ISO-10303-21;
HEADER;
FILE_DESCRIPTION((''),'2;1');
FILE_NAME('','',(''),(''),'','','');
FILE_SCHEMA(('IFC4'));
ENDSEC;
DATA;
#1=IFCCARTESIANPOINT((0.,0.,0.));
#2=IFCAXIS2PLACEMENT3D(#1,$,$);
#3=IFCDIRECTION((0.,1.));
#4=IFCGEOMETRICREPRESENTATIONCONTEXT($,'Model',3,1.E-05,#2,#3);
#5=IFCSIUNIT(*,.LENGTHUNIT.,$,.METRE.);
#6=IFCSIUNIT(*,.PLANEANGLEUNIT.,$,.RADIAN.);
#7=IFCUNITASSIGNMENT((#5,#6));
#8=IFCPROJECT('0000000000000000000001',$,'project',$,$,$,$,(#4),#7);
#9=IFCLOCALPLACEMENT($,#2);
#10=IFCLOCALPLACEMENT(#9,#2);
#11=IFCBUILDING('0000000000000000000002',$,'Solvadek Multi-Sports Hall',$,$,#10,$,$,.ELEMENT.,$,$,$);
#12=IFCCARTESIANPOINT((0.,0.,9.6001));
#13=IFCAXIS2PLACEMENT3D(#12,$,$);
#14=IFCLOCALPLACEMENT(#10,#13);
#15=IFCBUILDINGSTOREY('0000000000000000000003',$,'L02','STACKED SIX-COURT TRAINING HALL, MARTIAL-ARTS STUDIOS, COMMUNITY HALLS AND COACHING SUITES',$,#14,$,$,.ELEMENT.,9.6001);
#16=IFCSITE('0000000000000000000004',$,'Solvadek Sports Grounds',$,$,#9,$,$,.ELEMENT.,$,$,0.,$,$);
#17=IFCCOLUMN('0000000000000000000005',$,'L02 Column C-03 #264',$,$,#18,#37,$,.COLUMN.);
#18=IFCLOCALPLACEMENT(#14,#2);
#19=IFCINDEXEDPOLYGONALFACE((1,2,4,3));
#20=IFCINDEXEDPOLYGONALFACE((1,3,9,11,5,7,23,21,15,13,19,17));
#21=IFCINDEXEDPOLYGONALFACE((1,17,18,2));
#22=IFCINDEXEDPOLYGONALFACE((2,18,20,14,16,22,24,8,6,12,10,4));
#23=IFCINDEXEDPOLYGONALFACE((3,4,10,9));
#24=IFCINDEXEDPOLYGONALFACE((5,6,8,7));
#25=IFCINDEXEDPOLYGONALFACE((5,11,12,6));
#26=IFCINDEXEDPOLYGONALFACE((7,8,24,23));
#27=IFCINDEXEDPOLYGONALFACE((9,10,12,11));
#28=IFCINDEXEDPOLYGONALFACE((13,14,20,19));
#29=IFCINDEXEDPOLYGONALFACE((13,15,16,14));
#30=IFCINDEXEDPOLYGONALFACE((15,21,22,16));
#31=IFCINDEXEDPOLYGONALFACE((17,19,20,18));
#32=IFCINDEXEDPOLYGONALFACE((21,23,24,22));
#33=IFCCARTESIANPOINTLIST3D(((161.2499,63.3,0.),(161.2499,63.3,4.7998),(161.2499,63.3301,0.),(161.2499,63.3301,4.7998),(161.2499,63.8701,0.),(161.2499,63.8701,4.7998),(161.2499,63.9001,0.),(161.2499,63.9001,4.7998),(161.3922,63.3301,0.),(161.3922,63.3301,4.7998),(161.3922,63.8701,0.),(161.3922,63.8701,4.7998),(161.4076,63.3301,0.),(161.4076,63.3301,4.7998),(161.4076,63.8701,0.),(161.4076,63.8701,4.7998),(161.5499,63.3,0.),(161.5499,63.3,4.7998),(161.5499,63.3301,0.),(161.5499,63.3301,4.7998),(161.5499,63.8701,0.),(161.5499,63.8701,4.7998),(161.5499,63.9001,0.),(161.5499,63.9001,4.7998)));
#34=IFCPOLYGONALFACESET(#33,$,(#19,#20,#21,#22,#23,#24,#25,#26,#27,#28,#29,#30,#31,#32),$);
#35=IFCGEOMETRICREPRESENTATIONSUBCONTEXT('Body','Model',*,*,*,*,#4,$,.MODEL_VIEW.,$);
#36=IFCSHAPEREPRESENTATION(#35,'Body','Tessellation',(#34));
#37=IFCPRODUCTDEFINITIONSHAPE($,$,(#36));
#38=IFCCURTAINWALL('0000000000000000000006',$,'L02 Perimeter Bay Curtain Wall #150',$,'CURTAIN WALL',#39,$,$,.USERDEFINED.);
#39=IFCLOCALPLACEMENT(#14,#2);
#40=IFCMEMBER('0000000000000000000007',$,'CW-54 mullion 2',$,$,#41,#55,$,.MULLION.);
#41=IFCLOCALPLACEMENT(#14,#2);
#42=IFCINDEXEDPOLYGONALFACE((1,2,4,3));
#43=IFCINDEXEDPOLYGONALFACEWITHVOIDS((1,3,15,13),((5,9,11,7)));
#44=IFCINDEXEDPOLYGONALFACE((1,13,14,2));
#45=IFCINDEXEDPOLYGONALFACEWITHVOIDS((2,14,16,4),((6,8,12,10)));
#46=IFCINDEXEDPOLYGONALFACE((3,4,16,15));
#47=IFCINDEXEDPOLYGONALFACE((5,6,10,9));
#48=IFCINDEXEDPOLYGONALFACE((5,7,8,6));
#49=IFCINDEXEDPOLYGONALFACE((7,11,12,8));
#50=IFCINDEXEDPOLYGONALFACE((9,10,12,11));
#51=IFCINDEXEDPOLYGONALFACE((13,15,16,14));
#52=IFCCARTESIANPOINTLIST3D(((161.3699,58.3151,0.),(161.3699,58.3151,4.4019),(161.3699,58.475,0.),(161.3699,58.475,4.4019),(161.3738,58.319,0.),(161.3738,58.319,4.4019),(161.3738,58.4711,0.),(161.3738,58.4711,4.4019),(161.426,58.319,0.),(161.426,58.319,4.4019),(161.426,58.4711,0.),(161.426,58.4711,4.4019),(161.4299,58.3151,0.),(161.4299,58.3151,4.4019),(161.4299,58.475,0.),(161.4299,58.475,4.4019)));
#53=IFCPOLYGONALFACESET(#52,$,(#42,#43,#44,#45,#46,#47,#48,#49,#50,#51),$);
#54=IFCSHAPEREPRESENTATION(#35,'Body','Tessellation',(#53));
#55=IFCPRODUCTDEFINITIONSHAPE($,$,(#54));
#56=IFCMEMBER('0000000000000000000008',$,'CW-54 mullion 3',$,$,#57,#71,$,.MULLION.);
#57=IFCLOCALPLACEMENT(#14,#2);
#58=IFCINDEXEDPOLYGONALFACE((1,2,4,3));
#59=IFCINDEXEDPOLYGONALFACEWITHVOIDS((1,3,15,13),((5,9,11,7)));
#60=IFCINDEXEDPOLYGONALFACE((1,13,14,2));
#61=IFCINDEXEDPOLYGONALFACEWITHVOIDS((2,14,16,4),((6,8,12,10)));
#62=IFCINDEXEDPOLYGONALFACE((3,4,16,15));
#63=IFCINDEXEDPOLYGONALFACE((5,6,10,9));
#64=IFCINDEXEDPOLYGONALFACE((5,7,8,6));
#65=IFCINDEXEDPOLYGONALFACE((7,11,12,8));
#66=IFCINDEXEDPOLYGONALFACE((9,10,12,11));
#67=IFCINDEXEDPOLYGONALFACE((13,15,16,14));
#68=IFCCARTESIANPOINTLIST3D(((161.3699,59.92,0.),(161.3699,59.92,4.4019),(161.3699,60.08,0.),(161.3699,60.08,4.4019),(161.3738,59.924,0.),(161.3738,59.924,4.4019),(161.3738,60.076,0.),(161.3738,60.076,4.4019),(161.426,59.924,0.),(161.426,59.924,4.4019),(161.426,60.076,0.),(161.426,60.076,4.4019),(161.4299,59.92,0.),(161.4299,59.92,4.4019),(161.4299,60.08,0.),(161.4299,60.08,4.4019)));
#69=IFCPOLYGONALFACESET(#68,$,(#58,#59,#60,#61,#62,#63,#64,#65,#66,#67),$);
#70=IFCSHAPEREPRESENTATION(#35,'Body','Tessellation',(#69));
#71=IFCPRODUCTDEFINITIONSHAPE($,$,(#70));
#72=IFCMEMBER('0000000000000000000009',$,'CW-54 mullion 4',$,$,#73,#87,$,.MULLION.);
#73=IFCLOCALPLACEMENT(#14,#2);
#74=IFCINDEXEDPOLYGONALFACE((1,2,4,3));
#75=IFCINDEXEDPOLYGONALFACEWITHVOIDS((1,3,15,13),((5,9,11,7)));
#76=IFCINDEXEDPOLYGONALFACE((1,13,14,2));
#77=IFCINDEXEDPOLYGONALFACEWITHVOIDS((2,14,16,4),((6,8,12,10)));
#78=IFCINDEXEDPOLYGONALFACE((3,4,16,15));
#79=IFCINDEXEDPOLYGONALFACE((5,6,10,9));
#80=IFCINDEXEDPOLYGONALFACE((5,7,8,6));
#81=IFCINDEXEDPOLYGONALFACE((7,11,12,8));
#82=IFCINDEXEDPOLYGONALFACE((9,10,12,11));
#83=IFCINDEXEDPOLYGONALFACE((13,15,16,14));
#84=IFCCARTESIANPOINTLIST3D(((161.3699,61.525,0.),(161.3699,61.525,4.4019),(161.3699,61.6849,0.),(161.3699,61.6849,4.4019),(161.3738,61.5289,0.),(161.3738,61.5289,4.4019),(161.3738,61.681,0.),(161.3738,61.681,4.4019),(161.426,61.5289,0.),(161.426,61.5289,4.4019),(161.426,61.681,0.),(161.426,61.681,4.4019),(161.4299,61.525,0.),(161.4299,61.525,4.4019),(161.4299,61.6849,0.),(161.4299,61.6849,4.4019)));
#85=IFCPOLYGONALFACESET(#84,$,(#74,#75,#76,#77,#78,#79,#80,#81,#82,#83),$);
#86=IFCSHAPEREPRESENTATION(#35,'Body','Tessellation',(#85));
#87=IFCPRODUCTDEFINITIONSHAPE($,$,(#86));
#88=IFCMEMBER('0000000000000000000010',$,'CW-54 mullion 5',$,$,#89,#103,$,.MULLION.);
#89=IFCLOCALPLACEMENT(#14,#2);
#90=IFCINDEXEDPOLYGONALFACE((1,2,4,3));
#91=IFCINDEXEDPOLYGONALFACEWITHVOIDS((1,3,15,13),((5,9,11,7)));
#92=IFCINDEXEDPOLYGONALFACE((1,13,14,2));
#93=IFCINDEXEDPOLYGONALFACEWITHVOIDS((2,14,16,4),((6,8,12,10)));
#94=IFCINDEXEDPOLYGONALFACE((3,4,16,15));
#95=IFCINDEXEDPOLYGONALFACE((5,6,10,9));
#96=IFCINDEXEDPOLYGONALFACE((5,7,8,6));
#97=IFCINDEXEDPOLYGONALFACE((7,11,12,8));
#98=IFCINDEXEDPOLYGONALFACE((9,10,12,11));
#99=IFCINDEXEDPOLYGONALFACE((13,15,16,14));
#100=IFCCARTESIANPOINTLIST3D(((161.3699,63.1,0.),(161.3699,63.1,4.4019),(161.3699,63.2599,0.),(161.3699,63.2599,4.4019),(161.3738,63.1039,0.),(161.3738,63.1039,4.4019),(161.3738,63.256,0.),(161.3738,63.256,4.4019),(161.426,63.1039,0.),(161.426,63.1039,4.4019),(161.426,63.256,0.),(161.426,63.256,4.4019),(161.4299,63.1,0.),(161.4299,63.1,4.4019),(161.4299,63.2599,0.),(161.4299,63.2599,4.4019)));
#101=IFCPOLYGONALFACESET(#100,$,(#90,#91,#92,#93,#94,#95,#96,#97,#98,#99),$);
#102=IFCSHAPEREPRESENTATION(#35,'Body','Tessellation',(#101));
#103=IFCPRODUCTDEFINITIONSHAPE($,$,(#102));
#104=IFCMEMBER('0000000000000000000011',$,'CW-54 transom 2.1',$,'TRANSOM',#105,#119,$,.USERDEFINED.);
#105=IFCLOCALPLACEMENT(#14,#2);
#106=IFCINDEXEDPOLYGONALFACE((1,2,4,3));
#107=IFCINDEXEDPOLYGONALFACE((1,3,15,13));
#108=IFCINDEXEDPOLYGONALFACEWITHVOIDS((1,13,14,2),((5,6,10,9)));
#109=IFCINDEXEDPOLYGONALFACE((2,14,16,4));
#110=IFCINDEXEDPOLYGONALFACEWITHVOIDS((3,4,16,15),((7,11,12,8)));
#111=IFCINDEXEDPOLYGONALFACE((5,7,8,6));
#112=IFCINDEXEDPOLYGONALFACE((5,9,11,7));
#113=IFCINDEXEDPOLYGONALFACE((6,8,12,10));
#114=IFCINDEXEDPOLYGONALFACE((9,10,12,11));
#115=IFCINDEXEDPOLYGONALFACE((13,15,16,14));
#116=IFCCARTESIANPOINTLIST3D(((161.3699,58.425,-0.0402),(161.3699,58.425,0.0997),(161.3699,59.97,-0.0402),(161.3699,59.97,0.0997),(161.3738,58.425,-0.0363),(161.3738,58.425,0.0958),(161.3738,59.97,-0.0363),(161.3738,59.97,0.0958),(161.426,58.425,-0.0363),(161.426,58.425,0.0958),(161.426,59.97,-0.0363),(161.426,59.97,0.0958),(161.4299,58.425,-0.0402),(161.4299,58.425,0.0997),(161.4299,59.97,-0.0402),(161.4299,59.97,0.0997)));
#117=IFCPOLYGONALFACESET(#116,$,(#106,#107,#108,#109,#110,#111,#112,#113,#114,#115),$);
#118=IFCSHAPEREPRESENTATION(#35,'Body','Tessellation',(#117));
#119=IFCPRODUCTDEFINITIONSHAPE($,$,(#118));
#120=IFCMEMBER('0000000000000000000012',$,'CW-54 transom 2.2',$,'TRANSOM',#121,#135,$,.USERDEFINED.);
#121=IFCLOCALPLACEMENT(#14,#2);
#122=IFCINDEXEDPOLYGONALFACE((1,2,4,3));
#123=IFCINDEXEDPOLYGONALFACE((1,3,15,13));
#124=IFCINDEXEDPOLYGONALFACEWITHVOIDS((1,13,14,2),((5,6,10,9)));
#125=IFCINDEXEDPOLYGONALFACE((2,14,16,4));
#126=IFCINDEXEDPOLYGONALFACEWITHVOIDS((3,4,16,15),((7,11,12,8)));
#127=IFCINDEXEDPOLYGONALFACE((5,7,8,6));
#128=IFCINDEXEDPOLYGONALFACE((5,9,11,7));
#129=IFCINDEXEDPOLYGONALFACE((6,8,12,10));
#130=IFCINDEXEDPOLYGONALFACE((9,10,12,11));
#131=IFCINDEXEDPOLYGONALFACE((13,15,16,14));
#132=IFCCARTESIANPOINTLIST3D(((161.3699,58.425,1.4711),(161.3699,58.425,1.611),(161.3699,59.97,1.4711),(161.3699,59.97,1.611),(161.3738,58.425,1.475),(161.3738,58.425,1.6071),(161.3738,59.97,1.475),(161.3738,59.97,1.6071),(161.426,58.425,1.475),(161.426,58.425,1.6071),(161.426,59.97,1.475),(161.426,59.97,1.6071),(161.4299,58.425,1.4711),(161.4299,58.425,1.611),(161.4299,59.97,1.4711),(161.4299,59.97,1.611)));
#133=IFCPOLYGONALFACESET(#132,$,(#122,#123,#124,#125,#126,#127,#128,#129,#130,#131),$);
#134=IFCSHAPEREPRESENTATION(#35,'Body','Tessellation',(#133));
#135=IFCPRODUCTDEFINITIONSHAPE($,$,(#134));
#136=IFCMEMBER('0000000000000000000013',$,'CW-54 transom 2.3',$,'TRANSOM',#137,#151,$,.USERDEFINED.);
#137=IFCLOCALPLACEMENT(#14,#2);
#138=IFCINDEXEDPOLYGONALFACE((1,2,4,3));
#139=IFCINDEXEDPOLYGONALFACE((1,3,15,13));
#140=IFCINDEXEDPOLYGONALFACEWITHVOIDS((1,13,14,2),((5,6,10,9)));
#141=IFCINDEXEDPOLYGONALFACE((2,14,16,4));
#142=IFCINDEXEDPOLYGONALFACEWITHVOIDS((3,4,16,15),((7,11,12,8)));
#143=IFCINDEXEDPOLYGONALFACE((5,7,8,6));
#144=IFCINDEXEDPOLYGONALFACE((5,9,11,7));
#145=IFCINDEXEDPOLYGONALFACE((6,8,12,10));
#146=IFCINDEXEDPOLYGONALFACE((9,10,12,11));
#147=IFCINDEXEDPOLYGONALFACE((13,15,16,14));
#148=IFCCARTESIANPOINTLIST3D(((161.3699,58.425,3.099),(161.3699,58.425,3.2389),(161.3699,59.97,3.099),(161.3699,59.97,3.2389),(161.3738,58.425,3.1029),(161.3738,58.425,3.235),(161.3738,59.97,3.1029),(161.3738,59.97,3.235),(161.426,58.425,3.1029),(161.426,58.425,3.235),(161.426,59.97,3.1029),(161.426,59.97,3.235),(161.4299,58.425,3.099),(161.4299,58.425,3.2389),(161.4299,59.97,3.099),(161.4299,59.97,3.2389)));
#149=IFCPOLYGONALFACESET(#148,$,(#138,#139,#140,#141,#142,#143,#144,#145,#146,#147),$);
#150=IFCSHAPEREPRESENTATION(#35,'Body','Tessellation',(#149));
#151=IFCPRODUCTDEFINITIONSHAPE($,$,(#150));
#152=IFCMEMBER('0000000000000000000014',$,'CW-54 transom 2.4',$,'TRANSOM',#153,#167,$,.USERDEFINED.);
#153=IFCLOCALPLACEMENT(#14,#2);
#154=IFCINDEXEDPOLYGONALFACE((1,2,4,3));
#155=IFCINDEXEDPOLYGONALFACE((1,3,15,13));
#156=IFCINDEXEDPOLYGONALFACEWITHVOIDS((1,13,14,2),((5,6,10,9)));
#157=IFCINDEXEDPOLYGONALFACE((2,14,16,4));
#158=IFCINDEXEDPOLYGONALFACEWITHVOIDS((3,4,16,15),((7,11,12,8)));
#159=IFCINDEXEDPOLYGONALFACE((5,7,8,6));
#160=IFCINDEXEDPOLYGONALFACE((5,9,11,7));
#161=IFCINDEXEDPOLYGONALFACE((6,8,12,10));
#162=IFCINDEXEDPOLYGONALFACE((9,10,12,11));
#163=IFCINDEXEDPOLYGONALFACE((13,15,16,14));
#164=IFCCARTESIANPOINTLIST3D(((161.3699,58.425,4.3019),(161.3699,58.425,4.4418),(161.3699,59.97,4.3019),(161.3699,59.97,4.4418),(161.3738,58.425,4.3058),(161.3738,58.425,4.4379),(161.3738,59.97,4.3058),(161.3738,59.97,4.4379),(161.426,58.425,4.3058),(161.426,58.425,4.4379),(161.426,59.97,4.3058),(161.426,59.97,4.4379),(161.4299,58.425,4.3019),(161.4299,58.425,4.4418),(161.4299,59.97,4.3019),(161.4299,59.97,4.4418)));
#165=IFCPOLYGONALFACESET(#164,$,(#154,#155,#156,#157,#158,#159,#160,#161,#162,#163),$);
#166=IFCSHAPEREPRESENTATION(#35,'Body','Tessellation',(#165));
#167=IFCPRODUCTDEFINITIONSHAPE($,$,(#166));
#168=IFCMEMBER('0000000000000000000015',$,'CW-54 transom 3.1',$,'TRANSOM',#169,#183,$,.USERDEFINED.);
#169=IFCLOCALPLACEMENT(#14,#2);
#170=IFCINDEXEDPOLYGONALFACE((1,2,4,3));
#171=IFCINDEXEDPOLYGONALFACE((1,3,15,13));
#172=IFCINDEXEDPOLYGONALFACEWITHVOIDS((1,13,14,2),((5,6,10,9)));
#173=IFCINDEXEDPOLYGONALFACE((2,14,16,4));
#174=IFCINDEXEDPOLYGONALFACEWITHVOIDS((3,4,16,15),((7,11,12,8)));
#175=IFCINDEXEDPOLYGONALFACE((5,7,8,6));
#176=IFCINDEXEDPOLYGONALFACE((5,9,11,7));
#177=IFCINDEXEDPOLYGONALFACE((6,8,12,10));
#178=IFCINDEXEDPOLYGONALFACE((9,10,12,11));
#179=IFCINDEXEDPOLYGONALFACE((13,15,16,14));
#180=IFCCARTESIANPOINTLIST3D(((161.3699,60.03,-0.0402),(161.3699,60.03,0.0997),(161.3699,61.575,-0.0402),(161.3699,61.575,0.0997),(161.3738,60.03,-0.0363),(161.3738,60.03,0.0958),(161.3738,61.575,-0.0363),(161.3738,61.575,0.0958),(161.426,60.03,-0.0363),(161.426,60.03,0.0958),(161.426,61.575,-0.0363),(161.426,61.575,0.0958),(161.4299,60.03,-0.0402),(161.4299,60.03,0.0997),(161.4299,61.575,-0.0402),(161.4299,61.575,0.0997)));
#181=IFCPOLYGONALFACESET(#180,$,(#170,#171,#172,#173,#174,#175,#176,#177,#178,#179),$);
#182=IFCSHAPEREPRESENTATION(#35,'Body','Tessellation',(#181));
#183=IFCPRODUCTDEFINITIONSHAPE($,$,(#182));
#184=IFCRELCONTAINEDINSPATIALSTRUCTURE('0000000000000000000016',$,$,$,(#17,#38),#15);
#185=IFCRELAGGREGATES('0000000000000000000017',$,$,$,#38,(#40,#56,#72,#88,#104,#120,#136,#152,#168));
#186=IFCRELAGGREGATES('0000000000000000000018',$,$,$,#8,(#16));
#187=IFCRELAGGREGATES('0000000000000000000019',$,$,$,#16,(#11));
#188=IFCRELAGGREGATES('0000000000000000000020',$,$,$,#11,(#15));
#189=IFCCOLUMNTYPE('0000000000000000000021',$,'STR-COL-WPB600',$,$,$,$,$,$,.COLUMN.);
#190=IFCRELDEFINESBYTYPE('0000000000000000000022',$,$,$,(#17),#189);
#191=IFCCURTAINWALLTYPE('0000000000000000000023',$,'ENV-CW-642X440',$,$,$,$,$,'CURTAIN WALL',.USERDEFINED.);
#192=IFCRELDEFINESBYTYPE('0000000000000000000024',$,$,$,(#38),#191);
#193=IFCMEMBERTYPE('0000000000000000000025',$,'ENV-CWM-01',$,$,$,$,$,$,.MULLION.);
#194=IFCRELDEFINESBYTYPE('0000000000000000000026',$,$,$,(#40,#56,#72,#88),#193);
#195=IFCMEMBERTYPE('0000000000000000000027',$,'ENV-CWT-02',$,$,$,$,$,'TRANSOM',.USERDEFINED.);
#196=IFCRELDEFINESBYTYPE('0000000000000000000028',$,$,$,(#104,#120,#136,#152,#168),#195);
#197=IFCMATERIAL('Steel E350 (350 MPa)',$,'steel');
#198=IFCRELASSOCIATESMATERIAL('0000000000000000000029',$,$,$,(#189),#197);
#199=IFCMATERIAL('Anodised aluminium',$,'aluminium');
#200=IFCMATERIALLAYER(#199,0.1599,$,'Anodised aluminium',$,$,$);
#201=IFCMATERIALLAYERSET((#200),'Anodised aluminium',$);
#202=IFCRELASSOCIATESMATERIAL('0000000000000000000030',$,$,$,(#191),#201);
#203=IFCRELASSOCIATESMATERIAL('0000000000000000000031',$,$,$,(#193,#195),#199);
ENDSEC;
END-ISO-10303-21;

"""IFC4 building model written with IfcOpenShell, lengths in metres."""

from ifc_helpers import new_model, si_unit, direction, frame, origin, origin_2d, place, context, subcontext, project, spatial, hollow_rectangle, i_section, extrude, material, layer, layer_set, material_profile, profile_set, type_object, element, aggregate, save


model = new_model("IFC4")

# Units and contexts
model_context = context("Model", 3, precision=1e-05, world=origin(), true_north=direction((0.0, 1.0)))
body_context = subcontext(model_context, "Body", "Model", "MODEL_VIEW")
ifc_project = project(units=[si_unit("LENGTHUNIT", "METRE"), si_unit("PLANEANGLEUNIT", "RADIAN")], contexts=[model_context])

# Site, building, storey
site_placement = place(None, origin())
site = spatial("IfcSite", under=ifc_project, at=site_placement, Name="Solvadek Sports Grounds", CompositionType="ELEMENT", RefElevation=0.0)
building_placement = place(site_placement, origin())
building = spatial("IfcBuilding", under=site, at=building_placement, Name="Solvadek Multi-Sports Hall", CompositionType="ELEMENT")
storey_placement = place(building_placement, frame((0.0, 0.0, 9.6001)))
storey = spatial("IfcBuildingStorey", under=building, at=storey_placement, Name="L02", Description="STACKED SIX-COURT TRAINING HALL, MARTIAL-ARTS STUDIOS, COMMUNITY HALLS AND COACHING SUITES", CompositionType="ELEMENT", Elevation=9.6001)

# Column
ifc_material_1 = material(Name="Steel E350 (350 MPa)", Category="steel")
ifc_material_profile_1 = material_profile(ifc_material_1, i_section(OverallWidth=0.3, OverallDepth=0.6001, WebThickness=0.0154, FlangeThickness=0.03, at=origin_2d()), Name="WPB 600")
ifc_profile_set_1 = profile_set([ifc_material_profile_1], Name="Steel E350 (350 MPa)")
column_type = type_object("IfcColumnType", Name="STR-COL-WPB600", PredefinedType="COLUMN", material=ifc_profile_set_1)
column_placement = place(storey_placement, frame((161.3999, 63.6001, 0.0), z_axis=(0.0, 0.0, 1.0), x_axis=(1.0, 0.0, 0.0)))
element("IfcColumn", 1, at=column_placement, inside=storey, type_object=column_type, Name="L02 Column C-03 #264", PredefinedType="COLUMN", context=body_context, shape_type="SweptSolid", body=[
    extrude(i_section(OverallWidth=0.3, OverallDepth=0.6001, WebThickness=0.0154, FlangeThickness=0.03, at=origin_2d()), origin(), (0.0, 0.0, 1.0), 4.7998),
])

# Curtain wall, members
ifc_material_2 = material(Name="Anodised aluminium", Category="aluminium")
ifc_layer_1 = layer(ifc_material_2, 0.1599, Name="Anodised aluminium")
ifc_layer_set_1 = layer_set([ifc_layer_1], Name="Anodised aluminium")
curtain_wall_type = type_object("IfcCurtainWallType", Name="ENV-CW-642X440", ElementType="CURTAIN WALL", PredefinedType="USERDEFINED", material=ifc_layer_set_1)
curtain_wall_placement = place(storey_placement, origin())
curtain_wall = element("IfcCurtainWall", 2, at=curtain_wall_placement, inside=storey, type_object=curtain_wall_type, Name="L02 Perimeter Bay Curtain Wall #150", ObjectType="CURTAIN WALL", PredefinedType="USERDEFINED")
ifc_material_profile_2 = material_profile(ifc_material_2, hollow_rectangle(XDim=0.0601, YDim=0.1599, WallThickness=0.0039, at=origin_2d()), Name="ALU-M 160x60x4")
ifc_profile_set_2 = profile_set([ifc_material_profile_2], Name="Anodised aluminium")
member_type_1 = type_object("IfcMemberType", Name="ENV-CWM-01", PredefinedType="MULLION", material=ifc_profile_set_2)
member_1_placement = place(storey_placement, frame((161.3999, 58.395, 0.0), z_axis=(0.0, 0.0, 1.0), x_axis=(-1.0, 0.0, 0.0)))
member_1 = element("IfcMember", 3, at=member_1_placement, type_object=member_type_1, Name="CW-54 mullion 2", PredefinedType="MULLION", context=body_context, shape_type="SweptSolid", body=[
    extrude(hollow_rectangle(XDim=0.0601, YDim=0.1599, WallThickness=0.0039, at=origin_2d()), origin(), (0.0, 0.0, 1.0), 4.4019),
])
member_2_placement = place(storey_placement, frame((161.3999, 60.0, 0.0), z_axis=(0.0, 0.0, 1.0), x_axis=(-1.0, 0.0, 0.0)))
member_2 = element("IfcMember", 4, at=member_2_placement, type_object=member_type_1, Name="CW-54 mullion 3", PredefinedType="MULLION", context=body_context, shape_type="SweptSolid", body=[
    extrude(hollow_rectangle(XDim=0.0601, YDim=0.1599, WallThickness=0.0039, at=origin_2d()), origin(), (0.0, 0.0, 1.0), 4.4019),
])
member_3_placement = place(storey_placement, frame((161.3999, 61.605, 0.0), z_axis=(0.0, 0.0, 1.0), x_axis=(-1.0, 0.0, 0.0)))
member_3 = element("IfcMember", 5, at=member_3_placement, type_object=member_type_1, Name="CW-54 mullion 4", PredefinedType="MULLION", context=body_context, shape_type="SweptSolid", body=[
    extrude(hollow_rectangle(XDim=0.0601, YDim=0.1599, WallThickness=0.0039, at=origin_2d()), origin(), (0.0, 0.0, 1.0), 4.4019),
])
member_4_placement = place(storey_placement, frame((161.3999, 63.1799, 0.0), z_axis=(0.0, 0.0, 1.0), x_axis=(-1.0, 0.0, 0.0)))
member_4 = element("IfcMember", 6, at=member_4_placement, type_object=member_type_1, Name="CW-54 mullion 5", PredefinedType="MULLION", context=body_context, shape_type="SweptSolid", body=[
    extrude(hollow_rectangle(XDim=0.0601, YDim=0.1599, WallThickness=0.0039, at=origin_2d()), origin(), (0.0, 0.0, 1.0), 4.4019),
])
ifc_material_profile_3 = material_profile(ifc_material_2, hollow_rectangle(XDim=0.0601, YDim=0.1399, WallThickness=0.0039, at=origin_2d()), Name="ALU-T 140x60x4")
ifc_profile_set_3 = profile_set([ifc_material_profile_3], Name="Anodised aluminium")
member_type_2 = type_object("IfcMemberType", Name="ENV-CWT-02", ElementType="TRANSOM", PredefinedType="USERDEFINED", material=ifc_profile_set_3)
member_5_placement = place(storey_placement, frame((161.3999, 58.425, 0.0298), z_axis=(0.0, 1.0, 0.0), x_axis=(-1.0, 0.0, 0.0)))
member_5 = element("IfcMember", 7, at=member_5_placement, type_object=member_type_2, Name="CW-54 transom 2.1", ObjectType="TRANSOM", PredefinedType="USERDEFINED", context=body_context, shape_type="SweptSolid", body=[
    extrude(hollow_rectangle(XDim=0.0601, YDim=0.1399, WallThickness=0.0039, at=origin_2d()), origin(), (0.0, 0.0, 1.0), 1.5449),
])
member_6_placement = place(storey_placement, frame((161.3999, 58.425, 1.541), z_axis=(0.0, 1.0, 0.0), x_axis=(-1.0, 0.0, 0.0)))
member_6 = element("IfcMember", 8, at=member_6_placement, type_object=member_type_2, Name="CW-54 transom 2.2", ObjectType="TRANSOM", PredefinedType="USERDEFINED", context=body_context, shape_type="SweptSolid", body=[
    extrude(hollow_rectangle(XDim=0.0601, YDim=0.1399, WallThickness=0.0039, at=origin_2d()), origin(), (0.0, 0.0, 1.0), 1.5449),
])
member_7_placement = place(storey_placement, frame((161.3999, 58.425, 3.1689), z_axis=(0.0, 1.0, 0.0), x_axis=(-1.0, 0.0, 0.0)))
member_7 = element("IfcMember", 9, at=member_7_placement, type_object=member_type_2, Name="CW-54 transom 2.3", ObjectType="TRANSOM", PredefinedType="USERDEFINED", context=body_context, shape_type="SweptSolid", body=[
    extrude(hollow_rectangle(XDim=0.0601, YDim=0.1399, WallThickness=0.0039, at=origin_2d()), origin(), (0.0, 0.0, 1.0), 1.5449),
])
member_8_placement = place(storey_placement, frame((161.3999, 58.425, 4.3718), z_axis=(0.0, 1.0, 0.0), x_axis=(-1.0, 0.0, 0.0)))
member_8 = element("IfcMember", 10, at=member_8_placement, type_object=member_type_2, Name="CW-54 transom 2.4", ObjectType="TRANSOM", PredefinedType="USERDEFINED", context=body_context, shape_type="SweptSolid", body=[
    extrude(hollow_rectangle(XDim=0.0601, YDim=0.1399, WallThickness=0.0039, at=origin_2d()), origin(), (0.0, 0.0, 1.0), 1.5449),
])
member_9_placement = place(storey_placement, frame((161.3999, 60.03, 0.0298), z_axis=(0.0, 1.0, 0.0), x_axis=(-1.0, 0.0, 0.0)))
member_9 = element("IfcMember", 11, at=member_9_placement, type_object=member_type_2, Name="CW-54 transom 3.1", ObjectType="TRANSOM", PredefinedType="USERDEFINED", context=body_context, shape_type="SweptSolid", body=[
    extrude(hollow_rectangle(XDim=0.0601, YDim=0.1399, WallThickness=0.0039, at=origin_2d()), origin(), (0.0, 0.0, 1.0), 1.5449),
])

aggregate(curtain_wall, [member_1, member_2, member_3, member_4, member_5, member_6, member_7, member_8, member_9])

save(model, "model.ifc")
